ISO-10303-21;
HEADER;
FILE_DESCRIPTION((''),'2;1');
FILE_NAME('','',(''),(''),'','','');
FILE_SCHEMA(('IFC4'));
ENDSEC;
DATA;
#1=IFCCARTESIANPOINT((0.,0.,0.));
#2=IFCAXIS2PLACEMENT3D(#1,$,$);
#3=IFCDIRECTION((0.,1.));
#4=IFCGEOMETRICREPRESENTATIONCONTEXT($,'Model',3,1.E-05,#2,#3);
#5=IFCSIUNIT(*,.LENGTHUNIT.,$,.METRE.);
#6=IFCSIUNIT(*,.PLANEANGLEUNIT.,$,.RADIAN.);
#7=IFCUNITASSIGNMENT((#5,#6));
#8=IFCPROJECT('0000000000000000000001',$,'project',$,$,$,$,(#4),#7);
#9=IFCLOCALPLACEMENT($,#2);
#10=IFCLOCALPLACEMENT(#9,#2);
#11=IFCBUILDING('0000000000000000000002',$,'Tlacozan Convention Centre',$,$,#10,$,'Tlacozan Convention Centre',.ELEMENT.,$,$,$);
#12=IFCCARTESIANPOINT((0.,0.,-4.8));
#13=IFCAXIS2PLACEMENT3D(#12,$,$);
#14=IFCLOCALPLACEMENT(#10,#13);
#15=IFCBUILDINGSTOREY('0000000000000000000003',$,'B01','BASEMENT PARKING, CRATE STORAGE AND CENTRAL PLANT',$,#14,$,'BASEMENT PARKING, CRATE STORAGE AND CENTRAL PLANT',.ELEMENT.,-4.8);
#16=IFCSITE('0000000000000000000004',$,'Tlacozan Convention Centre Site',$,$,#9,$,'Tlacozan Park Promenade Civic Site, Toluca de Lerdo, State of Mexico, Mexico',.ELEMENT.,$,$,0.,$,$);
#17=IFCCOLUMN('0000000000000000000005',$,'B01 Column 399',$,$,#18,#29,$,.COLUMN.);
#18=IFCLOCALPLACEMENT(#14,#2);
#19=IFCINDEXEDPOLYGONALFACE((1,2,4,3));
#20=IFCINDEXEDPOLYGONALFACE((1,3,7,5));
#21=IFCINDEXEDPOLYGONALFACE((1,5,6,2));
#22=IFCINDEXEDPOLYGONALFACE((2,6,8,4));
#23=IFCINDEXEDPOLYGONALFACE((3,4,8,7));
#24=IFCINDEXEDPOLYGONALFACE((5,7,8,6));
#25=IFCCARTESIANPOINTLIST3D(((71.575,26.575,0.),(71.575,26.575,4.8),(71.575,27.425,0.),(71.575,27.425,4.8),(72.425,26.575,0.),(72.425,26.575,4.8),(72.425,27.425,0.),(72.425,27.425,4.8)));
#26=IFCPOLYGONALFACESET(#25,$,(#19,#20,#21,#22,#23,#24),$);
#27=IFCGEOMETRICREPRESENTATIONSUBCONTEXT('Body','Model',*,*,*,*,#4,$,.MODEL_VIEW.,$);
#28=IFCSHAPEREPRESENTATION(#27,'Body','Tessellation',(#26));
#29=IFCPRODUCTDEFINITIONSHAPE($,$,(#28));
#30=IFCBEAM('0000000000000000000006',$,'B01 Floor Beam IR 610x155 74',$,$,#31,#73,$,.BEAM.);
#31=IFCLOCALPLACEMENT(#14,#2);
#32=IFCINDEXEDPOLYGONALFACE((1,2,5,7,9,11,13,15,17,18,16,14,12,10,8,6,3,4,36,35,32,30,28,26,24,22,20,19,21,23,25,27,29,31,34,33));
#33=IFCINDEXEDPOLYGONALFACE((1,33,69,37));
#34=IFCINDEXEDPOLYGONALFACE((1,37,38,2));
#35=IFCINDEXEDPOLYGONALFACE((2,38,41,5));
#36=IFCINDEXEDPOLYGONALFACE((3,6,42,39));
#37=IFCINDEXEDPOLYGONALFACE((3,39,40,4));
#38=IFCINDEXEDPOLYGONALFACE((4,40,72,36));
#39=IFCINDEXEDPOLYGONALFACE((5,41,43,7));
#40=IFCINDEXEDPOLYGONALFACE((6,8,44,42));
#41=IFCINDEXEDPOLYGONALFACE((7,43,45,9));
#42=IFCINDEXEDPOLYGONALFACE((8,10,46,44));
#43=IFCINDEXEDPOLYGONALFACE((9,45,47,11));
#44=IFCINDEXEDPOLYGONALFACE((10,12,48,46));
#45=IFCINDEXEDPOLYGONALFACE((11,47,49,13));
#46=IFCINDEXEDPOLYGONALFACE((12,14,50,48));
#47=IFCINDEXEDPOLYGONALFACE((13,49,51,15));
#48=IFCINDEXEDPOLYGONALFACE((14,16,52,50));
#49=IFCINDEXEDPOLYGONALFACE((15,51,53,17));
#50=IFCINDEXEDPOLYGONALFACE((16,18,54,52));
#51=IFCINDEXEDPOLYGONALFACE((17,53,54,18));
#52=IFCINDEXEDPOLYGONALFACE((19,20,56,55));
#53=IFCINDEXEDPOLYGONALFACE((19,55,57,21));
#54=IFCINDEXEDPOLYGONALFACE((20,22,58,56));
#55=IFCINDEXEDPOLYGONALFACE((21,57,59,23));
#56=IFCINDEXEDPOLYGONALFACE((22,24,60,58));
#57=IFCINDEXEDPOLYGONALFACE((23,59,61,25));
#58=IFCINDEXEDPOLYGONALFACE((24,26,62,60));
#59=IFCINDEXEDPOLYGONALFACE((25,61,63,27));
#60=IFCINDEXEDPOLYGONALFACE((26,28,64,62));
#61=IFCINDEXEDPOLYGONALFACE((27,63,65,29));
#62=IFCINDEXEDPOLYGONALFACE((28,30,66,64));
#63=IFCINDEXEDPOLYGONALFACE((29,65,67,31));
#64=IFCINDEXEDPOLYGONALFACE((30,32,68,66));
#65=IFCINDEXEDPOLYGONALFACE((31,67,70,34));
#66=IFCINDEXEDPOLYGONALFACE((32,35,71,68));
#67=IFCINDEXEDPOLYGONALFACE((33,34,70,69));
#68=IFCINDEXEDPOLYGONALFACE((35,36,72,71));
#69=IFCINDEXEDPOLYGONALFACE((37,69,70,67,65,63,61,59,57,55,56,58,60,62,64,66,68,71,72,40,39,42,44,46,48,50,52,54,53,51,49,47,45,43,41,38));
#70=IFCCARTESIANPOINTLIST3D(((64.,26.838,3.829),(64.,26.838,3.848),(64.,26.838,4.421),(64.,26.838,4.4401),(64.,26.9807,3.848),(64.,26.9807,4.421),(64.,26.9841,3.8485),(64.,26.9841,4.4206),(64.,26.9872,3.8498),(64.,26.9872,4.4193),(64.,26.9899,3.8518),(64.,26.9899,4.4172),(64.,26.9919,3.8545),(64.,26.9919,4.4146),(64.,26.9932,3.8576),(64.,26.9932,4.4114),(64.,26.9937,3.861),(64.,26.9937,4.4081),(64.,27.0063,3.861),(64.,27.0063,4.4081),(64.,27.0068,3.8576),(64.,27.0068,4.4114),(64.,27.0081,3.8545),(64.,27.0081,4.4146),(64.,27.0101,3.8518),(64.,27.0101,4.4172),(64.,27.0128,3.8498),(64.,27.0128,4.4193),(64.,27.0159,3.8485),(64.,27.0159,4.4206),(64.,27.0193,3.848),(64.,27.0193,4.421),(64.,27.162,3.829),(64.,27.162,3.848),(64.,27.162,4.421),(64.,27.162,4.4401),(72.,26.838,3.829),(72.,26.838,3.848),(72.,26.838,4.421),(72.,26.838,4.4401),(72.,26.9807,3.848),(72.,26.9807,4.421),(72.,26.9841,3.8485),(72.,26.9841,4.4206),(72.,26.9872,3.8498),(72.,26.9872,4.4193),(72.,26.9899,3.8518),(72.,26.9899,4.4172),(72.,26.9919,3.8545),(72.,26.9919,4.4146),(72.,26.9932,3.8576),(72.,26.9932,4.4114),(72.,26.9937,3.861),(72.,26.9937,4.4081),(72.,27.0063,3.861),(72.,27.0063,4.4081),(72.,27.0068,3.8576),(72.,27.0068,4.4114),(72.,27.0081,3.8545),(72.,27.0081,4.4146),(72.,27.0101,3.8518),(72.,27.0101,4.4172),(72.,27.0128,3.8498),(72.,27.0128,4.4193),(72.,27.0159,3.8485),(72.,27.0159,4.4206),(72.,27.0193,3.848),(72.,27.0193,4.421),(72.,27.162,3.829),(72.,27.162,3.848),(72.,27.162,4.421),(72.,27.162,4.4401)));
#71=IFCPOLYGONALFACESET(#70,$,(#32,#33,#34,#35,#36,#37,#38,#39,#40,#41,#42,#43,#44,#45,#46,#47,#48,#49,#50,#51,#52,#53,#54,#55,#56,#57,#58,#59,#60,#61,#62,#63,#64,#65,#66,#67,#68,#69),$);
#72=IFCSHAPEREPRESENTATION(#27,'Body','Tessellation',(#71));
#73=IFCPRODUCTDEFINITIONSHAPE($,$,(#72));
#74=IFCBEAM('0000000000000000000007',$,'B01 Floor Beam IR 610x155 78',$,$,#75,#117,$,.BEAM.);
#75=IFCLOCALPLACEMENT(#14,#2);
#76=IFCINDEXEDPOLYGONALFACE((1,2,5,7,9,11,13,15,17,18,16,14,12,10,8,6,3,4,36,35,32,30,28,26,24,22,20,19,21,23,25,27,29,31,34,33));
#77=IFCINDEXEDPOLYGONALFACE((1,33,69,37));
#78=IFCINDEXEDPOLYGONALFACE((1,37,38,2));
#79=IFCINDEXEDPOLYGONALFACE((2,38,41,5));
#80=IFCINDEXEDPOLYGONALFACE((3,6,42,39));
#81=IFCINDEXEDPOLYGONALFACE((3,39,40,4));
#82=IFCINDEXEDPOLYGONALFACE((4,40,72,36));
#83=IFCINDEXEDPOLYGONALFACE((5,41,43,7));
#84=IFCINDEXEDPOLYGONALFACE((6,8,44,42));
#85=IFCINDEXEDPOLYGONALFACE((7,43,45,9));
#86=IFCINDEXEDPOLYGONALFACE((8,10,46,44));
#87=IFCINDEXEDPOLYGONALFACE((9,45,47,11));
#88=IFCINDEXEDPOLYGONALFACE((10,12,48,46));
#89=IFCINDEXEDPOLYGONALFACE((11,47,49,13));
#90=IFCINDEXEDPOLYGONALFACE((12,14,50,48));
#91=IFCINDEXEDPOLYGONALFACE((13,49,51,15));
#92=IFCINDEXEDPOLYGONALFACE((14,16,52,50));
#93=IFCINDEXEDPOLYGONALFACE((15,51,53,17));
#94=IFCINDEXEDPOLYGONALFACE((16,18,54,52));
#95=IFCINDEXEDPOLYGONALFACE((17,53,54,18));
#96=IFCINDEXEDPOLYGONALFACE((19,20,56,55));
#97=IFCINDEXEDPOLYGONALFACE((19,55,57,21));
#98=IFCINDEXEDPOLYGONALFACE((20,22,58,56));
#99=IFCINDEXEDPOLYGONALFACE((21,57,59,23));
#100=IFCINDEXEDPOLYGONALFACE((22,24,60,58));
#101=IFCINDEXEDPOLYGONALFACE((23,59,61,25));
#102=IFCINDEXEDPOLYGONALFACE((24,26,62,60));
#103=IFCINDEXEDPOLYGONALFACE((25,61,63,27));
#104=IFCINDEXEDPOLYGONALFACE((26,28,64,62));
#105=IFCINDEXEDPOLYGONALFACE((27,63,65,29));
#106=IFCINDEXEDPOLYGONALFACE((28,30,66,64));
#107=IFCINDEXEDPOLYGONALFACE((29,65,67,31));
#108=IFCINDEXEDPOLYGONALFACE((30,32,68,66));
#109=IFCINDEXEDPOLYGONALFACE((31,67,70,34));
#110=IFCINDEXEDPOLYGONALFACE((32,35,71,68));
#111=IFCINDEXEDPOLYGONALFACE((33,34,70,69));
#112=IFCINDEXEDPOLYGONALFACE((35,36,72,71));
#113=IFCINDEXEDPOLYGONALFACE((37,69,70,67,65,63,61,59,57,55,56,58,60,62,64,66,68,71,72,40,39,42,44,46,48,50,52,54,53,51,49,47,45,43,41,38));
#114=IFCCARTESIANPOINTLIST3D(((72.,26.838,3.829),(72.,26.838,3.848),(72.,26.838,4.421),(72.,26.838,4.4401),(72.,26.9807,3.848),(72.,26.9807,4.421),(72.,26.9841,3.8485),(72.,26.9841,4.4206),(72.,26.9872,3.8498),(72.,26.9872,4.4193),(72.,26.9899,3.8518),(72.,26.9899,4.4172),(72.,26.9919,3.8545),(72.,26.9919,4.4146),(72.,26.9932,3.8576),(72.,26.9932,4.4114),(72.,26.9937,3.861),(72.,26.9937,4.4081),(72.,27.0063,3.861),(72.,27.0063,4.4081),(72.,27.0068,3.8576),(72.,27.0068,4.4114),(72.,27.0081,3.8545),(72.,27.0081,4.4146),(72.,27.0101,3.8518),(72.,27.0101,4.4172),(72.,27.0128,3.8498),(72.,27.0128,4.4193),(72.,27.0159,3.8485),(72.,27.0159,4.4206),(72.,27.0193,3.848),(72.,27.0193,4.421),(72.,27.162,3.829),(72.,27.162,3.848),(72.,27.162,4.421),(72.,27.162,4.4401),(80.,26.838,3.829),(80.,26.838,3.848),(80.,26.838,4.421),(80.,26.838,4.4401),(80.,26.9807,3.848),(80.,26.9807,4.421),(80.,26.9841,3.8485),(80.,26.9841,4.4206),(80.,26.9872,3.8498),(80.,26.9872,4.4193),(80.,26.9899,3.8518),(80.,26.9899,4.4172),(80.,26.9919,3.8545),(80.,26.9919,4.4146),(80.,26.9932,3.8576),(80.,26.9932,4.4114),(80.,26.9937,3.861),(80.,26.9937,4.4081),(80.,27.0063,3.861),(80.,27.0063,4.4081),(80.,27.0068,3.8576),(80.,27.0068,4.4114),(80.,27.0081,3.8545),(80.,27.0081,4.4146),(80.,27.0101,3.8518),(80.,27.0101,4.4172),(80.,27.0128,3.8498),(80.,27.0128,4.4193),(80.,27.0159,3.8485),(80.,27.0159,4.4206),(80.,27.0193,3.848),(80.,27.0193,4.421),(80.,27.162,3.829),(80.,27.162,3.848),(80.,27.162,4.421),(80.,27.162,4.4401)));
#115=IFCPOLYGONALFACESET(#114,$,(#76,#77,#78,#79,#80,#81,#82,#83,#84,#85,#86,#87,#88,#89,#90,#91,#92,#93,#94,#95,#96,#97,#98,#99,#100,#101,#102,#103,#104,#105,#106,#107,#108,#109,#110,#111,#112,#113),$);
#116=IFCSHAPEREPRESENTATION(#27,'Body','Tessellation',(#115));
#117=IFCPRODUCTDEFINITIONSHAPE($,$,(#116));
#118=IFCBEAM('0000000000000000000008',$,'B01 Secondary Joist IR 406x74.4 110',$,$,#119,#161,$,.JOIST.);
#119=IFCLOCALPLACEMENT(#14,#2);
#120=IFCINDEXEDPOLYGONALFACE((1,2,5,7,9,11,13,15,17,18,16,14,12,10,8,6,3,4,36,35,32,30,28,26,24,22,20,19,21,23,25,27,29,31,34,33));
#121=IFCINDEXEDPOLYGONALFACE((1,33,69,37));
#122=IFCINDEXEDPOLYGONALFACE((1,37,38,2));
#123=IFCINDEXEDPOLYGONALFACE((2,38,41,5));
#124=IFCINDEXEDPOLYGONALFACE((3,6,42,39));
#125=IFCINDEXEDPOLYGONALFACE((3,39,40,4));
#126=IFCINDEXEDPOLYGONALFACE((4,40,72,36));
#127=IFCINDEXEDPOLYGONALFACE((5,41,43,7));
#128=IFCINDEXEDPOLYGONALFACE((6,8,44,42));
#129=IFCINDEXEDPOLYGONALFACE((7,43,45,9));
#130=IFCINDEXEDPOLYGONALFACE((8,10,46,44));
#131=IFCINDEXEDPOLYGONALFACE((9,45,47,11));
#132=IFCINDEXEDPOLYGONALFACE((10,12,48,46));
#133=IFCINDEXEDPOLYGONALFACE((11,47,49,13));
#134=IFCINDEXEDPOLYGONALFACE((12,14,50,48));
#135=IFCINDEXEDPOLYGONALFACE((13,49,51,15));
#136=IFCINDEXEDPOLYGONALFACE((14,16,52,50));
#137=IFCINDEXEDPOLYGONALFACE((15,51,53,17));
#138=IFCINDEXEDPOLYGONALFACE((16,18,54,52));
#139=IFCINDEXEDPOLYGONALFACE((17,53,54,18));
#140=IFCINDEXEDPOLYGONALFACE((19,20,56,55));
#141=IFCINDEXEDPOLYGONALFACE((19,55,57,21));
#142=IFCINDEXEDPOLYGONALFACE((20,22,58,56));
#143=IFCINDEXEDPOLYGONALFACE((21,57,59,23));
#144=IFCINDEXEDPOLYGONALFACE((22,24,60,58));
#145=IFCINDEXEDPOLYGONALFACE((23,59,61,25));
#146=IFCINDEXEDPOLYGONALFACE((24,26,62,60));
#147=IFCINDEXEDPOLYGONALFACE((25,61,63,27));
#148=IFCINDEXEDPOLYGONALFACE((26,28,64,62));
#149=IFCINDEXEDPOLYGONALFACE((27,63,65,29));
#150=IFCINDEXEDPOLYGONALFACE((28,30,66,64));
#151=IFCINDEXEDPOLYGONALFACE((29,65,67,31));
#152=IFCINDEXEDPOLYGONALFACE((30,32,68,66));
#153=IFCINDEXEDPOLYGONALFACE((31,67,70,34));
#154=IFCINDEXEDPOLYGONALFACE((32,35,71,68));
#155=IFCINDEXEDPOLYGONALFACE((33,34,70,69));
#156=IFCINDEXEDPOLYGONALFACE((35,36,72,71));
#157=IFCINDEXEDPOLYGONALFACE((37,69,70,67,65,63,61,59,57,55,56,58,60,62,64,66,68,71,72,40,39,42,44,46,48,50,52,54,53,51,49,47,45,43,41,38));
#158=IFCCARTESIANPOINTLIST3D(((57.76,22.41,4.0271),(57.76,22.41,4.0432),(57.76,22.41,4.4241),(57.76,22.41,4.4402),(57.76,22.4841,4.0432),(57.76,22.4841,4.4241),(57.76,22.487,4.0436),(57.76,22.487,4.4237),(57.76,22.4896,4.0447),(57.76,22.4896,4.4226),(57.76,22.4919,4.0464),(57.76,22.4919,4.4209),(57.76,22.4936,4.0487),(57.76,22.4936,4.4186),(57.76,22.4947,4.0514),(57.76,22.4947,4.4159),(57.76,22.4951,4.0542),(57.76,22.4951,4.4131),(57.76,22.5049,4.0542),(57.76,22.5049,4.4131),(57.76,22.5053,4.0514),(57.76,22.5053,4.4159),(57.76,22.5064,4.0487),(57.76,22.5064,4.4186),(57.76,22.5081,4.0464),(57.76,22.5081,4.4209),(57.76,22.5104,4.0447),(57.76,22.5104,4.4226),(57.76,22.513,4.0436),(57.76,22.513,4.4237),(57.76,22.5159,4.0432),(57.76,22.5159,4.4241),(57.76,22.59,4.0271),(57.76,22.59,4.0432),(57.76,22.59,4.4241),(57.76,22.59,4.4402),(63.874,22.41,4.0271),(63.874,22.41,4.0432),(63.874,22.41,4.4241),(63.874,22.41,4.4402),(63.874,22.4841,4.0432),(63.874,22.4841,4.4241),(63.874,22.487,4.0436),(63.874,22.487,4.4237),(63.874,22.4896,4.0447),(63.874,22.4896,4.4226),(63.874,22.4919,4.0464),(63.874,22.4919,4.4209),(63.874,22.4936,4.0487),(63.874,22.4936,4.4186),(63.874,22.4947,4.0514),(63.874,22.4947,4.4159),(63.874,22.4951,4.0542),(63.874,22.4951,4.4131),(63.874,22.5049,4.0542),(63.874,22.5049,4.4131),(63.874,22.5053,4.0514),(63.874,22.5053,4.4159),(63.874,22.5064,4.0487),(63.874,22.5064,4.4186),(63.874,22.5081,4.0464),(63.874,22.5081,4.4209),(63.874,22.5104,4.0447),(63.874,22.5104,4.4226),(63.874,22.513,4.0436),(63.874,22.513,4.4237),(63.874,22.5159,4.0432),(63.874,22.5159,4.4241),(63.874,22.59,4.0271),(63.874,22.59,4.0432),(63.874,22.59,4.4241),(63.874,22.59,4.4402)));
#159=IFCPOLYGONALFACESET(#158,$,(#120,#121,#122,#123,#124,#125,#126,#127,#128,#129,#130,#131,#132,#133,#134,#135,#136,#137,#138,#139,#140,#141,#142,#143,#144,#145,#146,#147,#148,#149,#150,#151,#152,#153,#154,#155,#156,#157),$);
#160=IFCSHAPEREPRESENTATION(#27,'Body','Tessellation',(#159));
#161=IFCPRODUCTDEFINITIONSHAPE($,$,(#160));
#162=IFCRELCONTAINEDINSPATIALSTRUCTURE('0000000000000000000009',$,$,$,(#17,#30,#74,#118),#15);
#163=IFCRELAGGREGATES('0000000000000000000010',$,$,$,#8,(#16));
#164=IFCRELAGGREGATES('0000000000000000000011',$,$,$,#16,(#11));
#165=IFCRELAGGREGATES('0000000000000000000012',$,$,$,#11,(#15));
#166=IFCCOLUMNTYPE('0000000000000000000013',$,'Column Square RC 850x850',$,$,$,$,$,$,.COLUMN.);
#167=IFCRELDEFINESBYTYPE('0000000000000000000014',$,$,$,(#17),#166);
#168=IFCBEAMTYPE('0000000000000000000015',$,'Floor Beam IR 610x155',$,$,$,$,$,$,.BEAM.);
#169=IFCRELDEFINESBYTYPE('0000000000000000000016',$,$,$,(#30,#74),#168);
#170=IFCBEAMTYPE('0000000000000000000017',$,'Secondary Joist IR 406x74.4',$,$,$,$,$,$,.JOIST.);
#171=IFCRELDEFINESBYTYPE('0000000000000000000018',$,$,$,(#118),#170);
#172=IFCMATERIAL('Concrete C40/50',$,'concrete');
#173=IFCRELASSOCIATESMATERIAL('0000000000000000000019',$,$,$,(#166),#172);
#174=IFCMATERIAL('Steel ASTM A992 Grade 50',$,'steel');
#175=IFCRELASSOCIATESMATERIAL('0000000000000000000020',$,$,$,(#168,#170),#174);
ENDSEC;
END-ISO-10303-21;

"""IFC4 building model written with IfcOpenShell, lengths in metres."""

from ifc_helpers import new_model, si_unit, direction, frame, origin, origin_2d, place, context, subcontext, project, spatial, rectangle, i_section, extrude, material, material_profile, profile_set, type_object, element, save


model = new_model("IFC4")

# Units and contexts
model_context = context("Model", 3, precision=1e-05, world=origin(), true_north=direction((0.0, 1.0)))
body_context = subcontext(model_context, "Body", "Model", "MODEL_VIEW")
ifc_project = project(units=[si_unit("LENGTHUNIT", "METRE"), si_unit("PLANEANGLEUNIT", "RADIAN")], contexts=[model_context])

# Site, building, storey
site_placement = place(None, origin())
site = spatial("IfcSite", under=ifc_project, at=site_placement, Name="Tlacozan Convention Centre Site", LongName="Tlacozan Park Promenade Civic Site, Toluca de Lerdo, State of Mexico, Mexico", CompositionType="ELEMENT", RefElevation=0.0)
building_placement = place(site_placement, origin())
building = spatial("IfcBuilding", under=site, at=building_placement, Name="Tlacozan Convention Centre", LongName="Tlacozan Convention Centre", CompositionType="ELEMENT")
storey_placement = place(building_placement, frame((0.0, 0.0, -4.8)))
storey = spatial("IfcBuildingStorey", under=building, at=storey_placement, Name="B01", Description="BASEMENT PARKING, CRATE STORAGE AND CENTRAL PLANT", LongName="BASEMENT PARKING, CRATE STORAGE AND CENTRAL PLANT", CompositionType="ELEMENT", Elevation=-4.8)

# Column
ifc_material_1 = material(Name="Concrete C40/50", Category="concrete")
ifc_material_profile_1 = material_profile(ifc_material_1, rectangle(XDim=0.8501, YDim=0.8501, at=origin_2d()), Name="RC 850x850")
ifc_profile_set_1 = profile_set([ifc_material_profile_1], Name="Concrete C40/50")
column_type = type_object("IfcColumnType", Name="Column Square RC 850x850", PredefinedType="COLUMN", material=ifc_profile_set_1)
for number, where, z_axis, x_axis, name in (
    (1, (72.0, 27.0, 0.0), (0.0, 0.0, 1.0), (1.0, 0.0, 0.0), "B01 Column 399"),
):
    element("IfcColumn", number, at=place(storey_placement, frame(where, z_axis=z_axis, x_axis=x_axis)), inside=storey, type_object=column_type, Name=name, PredefinedType="COLUMN", context=body_context, shape_type="SweptSolid", body=[
        extrude(rectangle(XDim=0.8501, YDim=0.8501, at=origin_2d()), origin(), (0.0, 0.0, 1.0), 4.8),
    ])

# Beams
ifc_material_2 = material(Name="Steel ASTM A992 Grade 50", Category="steel")
ifc_material_profile_2 = material_profile(ifc_material_2, i_section(OverallWidth=0.324, OverallDepth=0.6111, WebThickness=0.0127, FlangeThickness=0.019, FilletRadius=0.0129, at=origin_2d()), Name="IR 610x155.0")
ifc_profile_set_2 = profile_set([ifc_material_profile_2], Name="Steel ASTM A992 Grade 50")
beam_type_1 = type_object("IfcBeamType", Name="Floor Beam IR 610x155", PredefinedType="BEAM", material=ifc_profile_set_2)
for number, where, z_axis, x_axis, name in (
    (2, (64.0, 27.0, 4.1345), (1.0, 0.0, 0.0), (0.0, 1.0, 0.0), "B01 Floor Beam IR 610x155 74"),
    (3, (72.0, 27.0, 4.1345), (1.0, 0.0, 0.0), (0.0, 1.0, 0.0), "B01 Floor Beam IR 610x155 78"),
):
    element("IfcBeam", number, at=place(storey_placement, frame(where, z_axis=z_axis, x_axis=x_axis)), inside=storey, type_object=beam_type_1, Name=name, PredefinedType="BEAM", context=body_context, shape_type="SweptSolid", body=[
        extrude(i_section(OverallWidth=0.324, OverallDepth=0.6111, WebThickness=0.0127, FlangeThickness=0.019, FilletRadius=0.0129, at=origin_2d()), origin(), (0.0, 0.0, 1.0), 8.0),
    ])
ifc_material_profile_3 = material_profile(ifc_material_2, i_section(OverallWidth=0.1799, OverallDepth=0.4131, WebThickness=0.0098, FlangeThickness=0.0161, FilletRadius=0.011, at=origin_2d()), Name="IR 406x74.4")
ifc_profile_set_3 = profile_set([ifc_material_profile_3], Name="Steel ASTM A992 Grade 50")
beam_type_2 = type_object("IfcBeamType", Name="Secondary Joist IR 406x74.4", PredefinedType="JOIST", material=ifc_profile_set_3)
beam_1_placement = place(storey_placement, frame((57.76, 22.5, 4.2336), z_axis=(1.0, 0.0, 0.0), x_axis=(0.0, 1.0, 0.0)))
element("IfcBeam", 4, at=beam_1_placement, inside=storey, type_object=beam_type_2, Name="B01 Secondary Joist IR 406x74.4 110", PredefinedType="JOIST", context=body_context, shape_type="SweptSolid", body=[
    extrude(i_section(OverallWidth=0.1799, OverallDepth=0.4131, WebThickness=0.0098, FlangeThickness=0.0161, FilletRadius=0.011, at=origin_2d()), origin(), (0.0, 0.0, 1.0), 6.114),
])

save(model, "model.ifc")
